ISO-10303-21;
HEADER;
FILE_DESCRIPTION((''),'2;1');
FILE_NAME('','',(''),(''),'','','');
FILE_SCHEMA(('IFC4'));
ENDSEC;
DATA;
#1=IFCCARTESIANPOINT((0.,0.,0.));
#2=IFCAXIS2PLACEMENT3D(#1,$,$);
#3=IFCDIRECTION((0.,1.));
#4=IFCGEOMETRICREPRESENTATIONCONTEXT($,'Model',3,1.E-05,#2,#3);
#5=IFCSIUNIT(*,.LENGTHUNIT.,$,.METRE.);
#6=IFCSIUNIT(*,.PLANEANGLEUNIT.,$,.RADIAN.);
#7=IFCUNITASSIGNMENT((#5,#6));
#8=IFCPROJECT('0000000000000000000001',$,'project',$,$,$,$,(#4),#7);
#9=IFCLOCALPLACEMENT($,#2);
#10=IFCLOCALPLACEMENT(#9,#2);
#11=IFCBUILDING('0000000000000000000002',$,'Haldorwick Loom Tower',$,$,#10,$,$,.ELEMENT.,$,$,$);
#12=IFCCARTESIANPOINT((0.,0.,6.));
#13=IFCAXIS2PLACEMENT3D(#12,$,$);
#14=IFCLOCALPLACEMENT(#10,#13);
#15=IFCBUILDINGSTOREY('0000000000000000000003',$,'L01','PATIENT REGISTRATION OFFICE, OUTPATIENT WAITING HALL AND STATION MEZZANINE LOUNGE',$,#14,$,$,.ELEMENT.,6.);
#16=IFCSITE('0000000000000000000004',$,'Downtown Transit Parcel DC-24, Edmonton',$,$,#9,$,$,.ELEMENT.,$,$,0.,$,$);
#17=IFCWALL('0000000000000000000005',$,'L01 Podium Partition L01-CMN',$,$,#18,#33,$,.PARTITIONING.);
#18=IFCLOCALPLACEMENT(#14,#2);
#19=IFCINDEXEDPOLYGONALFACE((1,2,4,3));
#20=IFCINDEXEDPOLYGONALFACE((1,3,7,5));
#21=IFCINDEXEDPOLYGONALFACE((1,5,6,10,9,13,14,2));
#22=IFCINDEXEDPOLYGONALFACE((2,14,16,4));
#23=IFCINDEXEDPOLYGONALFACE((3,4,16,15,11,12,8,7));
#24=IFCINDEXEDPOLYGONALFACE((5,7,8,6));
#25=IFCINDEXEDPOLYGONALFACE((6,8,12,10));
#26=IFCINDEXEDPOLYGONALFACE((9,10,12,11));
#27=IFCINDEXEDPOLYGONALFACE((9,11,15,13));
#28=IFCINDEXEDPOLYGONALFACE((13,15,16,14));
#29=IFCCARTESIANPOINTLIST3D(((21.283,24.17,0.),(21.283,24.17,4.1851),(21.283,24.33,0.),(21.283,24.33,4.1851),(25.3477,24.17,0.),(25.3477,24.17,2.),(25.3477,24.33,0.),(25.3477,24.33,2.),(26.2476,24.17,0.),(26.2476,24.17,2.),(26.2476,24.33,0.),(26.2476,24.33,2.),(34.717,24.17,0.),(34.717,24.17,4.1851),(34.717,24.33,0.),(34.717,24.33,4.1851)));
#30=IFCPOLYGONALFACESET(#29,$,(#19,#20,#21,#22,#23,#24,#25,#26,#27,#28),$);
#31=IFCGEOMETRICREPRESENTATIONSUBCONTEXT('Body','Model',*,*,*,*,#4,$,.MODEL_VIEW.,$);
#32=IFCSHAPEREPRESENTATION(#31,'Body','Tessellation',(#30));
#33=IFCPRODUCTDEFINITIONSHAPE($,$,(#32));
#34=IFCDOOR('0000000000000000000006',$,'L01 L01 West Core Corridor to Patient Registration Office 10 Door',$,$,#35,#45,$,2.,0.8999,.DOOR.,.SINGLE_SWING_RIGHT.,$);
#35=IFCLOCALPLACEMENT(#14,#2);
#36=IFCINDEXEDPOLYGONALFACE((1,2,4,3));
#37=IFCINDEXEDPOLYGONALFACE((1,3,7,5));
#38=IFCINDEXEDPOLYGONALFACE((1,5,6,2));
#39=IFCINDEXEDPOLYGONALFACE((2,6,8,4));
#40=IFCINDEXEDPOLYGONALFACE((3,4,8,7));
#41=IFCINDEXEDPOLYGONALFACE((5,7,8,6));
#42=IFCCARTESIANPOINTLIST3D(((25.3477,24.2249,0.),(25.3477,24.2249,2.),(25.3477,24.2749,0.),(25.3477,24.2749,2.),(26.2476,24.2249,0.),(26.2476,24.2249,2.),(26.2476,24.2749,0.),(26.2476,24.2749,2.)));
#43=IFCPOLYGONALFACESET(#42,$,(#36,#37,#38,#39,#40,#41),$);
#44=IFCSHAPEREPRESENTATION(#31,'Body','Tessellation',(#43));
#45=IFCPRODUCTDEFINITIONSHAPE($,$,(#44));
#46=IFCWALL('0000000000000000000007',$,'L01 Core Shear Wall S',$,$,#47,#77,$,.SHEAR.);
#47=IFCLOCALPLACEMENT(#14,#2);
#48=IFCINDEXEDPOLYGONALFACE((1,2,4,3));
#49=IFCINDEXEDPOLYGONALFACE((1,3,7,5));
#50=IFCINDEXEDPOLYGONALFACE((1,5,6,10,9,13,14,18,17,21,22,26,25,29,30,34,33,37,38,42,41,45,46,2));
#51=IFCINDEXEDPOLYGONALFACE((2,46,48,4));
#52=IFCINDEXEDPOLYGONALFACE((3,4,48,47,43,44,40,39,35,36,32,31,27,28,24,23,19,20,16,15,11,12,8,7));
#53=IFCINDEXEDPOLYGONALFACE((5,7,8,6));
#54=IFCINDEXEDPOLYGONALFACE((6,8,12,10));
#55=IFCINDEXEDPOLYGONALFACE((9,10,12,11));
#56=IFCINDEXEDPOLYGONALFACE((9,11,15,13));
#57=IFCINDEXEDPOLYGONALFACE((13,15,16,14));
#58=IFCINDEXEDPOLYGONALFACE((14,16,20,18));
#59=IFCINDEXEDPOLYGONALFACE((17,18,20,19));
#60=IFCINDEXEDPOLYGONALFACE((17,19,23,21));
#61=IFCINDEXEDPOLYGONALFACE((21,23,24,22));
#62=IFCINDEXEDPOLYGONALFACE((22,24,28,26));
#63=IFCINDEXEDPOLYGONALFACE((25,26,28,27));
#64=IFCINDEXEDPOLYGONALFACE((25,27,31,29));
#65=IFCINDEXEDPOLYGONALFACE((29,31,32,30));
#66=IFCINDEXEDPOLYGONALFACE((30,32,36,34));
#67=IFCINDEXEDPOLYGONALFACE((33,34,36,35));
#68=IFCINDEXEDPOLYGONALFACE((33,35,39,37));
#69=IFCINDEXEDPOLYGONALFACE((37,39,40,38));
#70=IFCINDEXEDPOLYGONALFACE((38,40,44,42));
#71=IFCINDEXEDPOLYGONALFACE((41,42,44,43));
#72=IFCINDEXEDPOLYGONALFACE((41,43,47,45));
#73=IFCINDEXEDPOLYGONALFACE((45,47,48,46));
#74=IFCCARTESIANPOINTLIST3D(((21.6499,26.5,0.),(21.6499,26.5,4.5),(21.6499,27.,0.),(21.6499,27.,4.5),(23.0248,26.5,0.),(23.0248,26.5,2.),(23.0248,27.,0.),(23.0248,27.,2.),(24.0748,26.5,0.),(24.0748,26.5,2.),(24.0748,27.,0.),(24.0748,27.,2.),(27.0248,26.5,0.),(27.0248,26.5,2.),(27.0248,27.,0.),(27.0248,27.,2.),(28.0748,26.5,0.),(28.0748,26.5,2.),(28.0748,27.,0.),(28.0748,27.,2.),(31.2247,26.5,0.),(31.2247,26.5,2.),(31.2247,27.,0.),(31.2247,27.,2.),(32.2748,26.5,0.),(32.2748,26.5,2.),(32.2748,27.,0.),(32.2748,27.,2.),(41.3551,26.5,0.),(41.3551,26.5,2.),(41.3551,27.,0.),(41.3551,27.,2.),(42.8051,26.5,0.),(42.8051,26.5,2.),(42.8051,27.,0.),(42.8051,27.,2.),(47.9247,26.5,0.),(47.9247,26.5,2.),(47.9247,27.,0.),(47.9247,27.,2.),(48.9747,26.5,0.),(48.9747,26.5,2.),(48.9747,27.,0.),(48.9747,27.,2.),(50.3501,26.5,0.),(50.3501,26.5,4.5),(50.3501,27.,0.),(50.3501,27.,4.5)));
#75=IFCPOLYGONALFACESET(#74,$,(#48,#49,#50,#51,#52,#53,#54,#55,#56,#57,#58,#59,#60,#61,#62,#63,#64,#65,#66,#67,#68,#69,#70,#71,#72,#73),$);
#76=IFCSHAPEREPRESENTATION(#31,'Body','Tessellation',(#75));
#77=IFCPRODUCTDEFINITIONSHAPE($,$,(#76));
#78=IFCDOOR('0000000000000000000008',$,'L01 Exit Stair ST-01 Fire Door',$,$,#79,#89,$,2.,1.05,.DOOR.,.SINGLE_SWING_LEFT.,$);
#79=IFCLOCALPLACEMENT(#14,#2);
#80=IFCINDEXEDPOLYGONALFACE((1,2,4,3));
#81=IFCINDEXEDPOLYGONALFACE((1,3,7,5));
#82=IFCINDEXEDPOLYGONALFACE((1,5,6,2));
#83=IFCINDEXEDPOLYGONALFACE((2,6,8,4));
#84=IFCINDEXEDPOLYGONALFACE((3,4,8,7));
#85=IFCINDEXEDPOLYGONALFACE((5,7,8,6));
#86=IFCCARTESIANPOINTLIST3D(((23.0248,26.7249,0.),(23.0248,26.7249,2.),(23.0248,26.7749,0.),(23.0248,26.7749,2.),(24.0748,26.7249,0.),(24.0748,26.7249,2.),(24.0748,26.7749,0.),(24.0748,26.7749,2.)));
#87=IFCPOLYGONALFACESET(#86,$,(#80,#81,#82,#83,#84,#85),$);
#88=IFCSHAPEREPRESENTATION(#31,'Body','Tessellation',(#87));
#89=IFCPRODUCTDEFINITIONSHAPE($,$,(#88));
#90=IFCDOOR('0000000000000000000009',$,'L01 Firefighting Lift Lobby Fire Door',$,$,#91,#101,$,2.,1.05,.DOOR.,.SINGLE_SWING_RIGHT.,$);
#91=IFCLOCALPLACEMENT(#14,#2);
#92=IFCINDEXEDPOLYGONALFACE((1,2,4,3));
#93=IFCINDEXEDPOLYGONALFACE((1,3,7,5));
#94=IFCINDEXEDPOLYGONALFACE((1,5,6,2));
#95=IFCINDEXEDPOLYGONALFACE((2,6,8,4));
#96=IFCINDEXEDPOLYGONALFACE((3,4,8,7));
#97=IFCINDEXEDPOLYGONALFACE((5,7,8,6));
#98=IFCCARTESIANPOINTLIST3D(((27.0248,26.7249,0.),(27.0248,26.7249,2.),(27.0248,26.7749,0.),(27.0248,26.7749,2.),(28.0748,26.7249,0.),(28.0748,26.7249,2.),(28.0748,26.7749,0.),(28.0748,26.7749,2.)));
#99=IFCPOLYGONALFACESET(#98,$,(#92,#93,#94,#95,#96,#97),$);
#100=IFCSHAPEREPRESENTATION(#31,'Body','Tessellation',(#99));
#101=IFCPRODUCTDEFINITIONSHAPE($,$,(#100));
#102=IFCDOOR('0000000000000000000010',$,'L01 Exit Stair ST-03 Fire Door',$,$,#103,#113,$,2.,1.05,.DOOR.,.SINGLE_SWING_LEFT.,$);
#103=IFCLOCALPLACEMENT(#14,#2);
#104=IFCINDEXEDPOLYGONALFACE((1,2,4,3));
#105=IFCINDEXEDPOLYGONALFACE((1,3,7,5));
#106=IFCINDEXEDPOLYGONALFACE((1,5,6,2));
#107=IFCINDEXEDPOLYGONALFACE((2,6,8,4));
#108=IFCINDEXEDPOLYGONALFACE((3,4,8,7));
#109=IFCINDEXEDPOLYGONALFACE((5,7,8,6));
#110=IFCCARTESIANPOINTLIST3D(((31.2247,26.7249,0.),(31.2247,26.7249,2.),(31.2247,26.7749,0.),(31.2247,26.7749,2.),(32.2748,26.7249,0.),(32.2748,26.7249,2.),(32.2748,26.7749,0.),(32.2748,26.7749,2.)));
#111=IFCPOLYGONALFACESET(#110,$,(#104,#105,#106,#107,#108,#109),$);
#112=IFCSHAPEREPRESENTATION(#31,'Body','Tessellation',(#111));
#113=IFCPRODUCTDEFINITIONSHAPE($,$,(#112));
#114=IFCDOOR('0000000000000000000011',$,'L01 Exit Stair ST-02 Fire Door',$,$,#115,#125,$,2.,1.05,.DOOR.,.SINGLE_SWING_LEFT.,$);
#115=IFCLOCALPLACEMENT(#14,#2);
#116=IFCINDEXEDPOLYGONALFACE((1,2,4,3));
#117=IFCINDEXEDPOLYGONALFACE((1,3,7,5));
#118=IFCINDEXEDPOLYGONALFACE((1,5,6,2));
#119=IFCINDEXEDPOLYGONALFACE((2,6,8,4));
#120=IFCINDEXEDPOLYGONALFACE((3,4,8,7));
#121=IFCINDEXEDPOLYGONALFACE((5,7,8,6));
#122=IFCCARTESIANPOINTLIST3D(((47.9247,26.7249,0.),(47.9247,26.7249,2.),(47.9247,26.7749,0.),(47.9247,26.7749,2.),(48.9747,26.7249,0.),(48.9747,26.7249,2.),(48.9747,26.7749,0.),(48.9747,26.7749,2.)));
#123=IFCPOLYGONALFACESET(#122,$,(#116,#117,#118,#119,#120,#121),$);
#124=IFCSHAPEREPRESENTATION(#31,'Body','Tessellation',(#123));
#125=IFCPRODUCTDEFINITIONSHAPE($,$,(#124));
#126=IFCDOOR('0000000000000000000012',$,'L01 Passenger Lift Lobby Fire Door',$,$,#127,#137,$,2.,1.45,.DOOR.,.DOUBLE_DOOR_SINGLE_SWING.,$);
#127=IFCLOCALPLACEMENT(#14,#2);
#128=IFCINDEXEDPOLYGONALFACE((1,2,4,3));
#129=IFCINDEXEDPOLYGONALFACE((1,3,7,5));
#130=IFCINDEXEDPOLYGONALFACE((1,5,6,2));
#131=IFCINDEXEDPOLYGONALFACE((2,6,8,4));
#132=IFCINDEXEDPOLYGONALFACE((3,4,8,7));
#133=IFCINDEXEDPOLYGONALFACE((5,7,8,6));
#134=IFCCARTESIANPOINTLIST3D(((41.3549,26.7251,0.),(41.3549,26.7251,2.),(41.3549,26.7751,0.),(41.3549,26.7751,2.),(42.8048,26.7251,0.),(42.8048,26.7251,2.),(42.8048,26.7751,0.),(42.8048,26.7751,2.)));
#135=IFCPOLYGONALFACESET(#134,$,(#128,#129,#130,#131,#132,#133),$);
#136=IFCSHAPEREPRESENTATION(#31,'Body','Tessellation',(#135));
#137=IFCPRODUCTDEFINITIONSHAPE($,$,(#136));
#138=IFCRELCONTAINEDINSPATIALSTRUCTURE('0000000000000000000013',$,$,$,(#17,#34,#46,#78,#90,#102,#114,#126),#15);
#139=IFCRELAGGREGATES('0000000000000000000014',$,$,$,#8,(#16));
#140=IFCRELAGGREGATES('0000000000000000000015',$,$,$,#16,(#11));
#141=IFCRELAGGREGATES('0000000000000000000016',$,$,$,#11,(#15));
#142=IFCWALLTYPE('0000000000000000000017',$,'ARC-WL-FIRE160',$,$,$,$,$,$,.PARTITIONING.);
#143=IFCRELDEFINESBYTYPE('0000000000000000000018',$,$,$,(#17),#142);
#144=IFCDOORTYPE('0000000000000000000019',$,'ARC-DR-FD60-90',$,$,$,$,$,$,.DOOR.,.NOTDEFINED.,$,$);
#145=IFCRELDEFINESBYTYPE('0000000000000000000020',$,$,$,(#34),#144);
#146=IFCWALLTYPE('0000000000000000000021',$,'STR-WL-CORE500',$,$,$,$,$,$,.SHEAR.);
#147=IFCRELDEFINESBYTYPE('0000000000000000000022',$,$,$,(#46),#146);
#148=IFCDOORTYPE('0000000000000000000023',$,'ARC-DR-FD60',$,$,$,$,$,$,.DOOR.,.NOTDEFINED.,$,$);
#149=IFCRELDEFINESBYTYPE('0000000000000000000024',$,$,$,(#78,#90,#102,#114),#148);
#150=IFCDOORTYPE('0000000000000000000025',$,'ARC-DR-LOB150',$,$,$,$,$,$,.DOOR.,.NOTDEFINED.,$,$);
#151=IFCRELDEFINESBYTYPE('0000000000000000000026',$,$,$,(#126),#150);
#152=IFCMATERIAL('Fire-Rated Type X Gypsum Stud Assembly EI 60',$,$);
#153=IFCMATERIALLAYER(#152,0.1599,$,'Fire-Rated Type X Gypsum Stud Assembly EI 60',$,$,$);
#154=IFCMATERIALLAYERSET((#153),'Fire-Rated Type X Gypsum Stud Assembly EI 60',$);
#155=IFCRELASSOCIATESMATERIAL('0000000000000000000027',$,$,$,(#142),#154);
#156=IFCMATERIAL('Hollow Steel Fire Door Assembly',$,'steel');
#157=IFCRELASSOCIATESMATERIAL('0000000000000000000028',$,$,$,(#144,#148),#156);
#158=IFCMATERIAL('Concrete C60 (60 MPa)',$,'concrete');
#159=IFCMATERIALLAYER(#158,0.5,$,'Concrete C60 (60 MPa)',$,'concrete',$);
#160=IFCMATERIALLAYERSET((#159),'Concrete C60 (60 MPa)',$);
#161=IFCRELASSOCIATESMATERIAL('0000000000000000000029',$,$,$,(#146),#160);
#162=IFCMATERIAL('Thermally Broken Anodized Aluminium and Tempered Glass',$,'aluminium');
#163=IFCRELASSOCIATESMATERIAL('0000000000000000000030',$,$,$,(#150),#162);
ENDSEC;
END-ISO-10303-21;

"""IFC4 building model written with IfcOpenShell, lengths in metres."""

from ifc_helpers import new_model, si_unit, direction, frame, frame_2d, origin, place, context, subcontext, project, spatial, rectangle, extrude, material, layer, layer_set, type_object, element, fill, save


model = new_model("IFC4")

# Units and contexts
model_context = context("Model", 3, precision=1e-05, world=origin(), true_north=direction((0.0, 1.0)))
body_context = subcontext(model_context, "Body", "Model", "MODEL_VIEW")
ifc_project = project(units=[si_unit("LENGTHUNIT", "METRE"), si_unit("PLANEANGLEUNIT", "RADIAN")], contexts=[model_context])

# Site, building, storey
site_placement = place(None, origin())
site = spatial("IfcSite", under=ifc_project, at=site_placement, Name="Downtown Transit Parcel DC-24, Edmonton", CompositionType="ELEMENT", RefElevation=0.0)
building_placement = place(site_placement, origin())
building = spatial("IfcBuilding", under=site, at=building_placement, Name="Haldorwick Loom Tower", CompositionType="ELEMENT")
storey_placement = place(building_placement, frame((0.0, 0.0, 6.0)))
storey = spatial("IfcBuildingStorey", under=building, at=storey_placement, Name="L01", Description="PATIENT REGISTRATION OFFICE, OUTPATIENT WAITING HALL AND STATION MEZZANINE LOUNGE", CompositionType="ELEMENT", Elevation=6.0)

# Shared definitions
ifc_material_1 = material(Name="Concrete C60 (60 MPa)", Category="concrete")

# Wall, opening, door
ifc_material_2 = material(Name="Fire-Rated Type X Gypsum Stud Assembly EI 60")
ifc_layer_1 = layer(ifc_material_2, 0.1599, Name="Fire-Rated Type X Gypsum Stud Assembly EI 60")
ifc_layer_set_1 = layer_set([ifc_layer_1], Name="Fire-Rated Type X Gypsum Stud Assembly EI 60")
wall_type_1 = type_object("IfcWallType", Name="ARC-WL-FIRE160", PredefinedType="PARTITIONING", material=ifc_layer_set_1)
wall_1_placement = place(storey_placement, frame((21.283, 24.25, 0.0), z_axis=(0.0, 0.0, 1.0), x_axis=(1.0, 0.0, 0.0)))
wall_1 = element("IfcWall", 1, at=wall_1_placement, inside=storey, type_object=wall_type_1, Name="L01 Podium Partition L01-CMN", PredefinedType="PARTITIONING", context=body_context, shape_type="SweptSolid", body=[
    extrude(rectangle(XDim=13.4341, YDim=0.1599, at=frame_2d((6.717, 0.0))), origin(), (0.0, 0.0, 1.0), 4.1851),
])
opening_1_placement = place(wall_1_placement, frame((4.0647, 0.0, 0.0)))
opening_1 = element("IfcOpeningElement", 2, at=opening_1_placement, cuts=wall_1, PredefinedType="OPENING", context=body_context, shape_type="SweptSolid", body=[
    extrude(rectangle(XDim=0.8999, YDim=2.0, at=frame_2d((0.45, 1.0))), frame((0.0, 0.0898, 0.0), z_axis=(0.0, -1.0, 0.0), x_axis=(1.0, 0.0, 0.0)), (0.0, 0.0, 1.0), 0.1799),
])
ifc_material_3 = material(Name="Hollow Steel Fire Door Assembly", Category="steel")
door_type_1 = type_object("IfcDoorType", Name="ARC-DR-FD60-90", OperationType="NOTDEFINED", PredefinedType="DOOR", material=ifc_material_3)
door_1_placement = place(opening_1_placement, origin())
door_1 = element("IfcDoor", 3, at=door_1_placement, inside=storey, type_object=door_type_1, Name="L01 L01 West Core Corridor to Patient Registration Office 10 Door", OperationType="SINGLE_SWING_RIGHT", OverallHeight=2.0, OverallWidth=0.8999, PredefinedType="DOOR", context=body_context, shape_type="SweptSolid", body=[
    extrude(rectangle(XDim=0.8999, YDim=2.0, at=frame_2d((0.45, 1.0))), frame((0.0, 0.0249, 0.0), z_axis=(0.0, -1.0, 0.0), x_axis=(1.0, 0.0, 0.0)), (0.0, 0.0, 1.0), 0.05),
])
fill(opening_1, door_1)

# Wall, openings, doors
ifc_layer_2 = layer(ifc_material_1, 0.5, Name="Concrete C60 (60 MPa)", Category="concrete")
ifc_layer_set_2 = layer_set([ifc_layer_2], Name="Concrete C60 (60 MPa)")
wall_type_2 = type_object("IfcWallType", Name="STR-WL-CORE500", PredefinedType="SHEAR", material=ifc_layer_set_2)
wall_2_placement = place(storey_placement, frame((21.6499, 26.75, 0.0), z_axis=(0.0, 0.0, 1.0), x_axis=(1.0, 0.0, 0.0)))
wall_2 = element("IfcWall", 4, at=wall_2_placement, inside=storey, type_object=wall_type_2, Name="L01 Core Shear Wall S", PredefinedType="SHEAR", context=body_context, shape_type="SweptSolid", body=[
    extrude(rectangle(XDim=28.7002, YDim=0.5, at=frame_2d((14.3501, 0.0))), origin(), (0.0, 0.0, 1.0), 4.5),
])
opening_2_placement = place(wall_2_placement, frame((1.375, 0.0, 0.0)))
opening_2 = element("IfcOpeningElement", 5, at=opening_2_placement, cuts=wall_2, PredefinedType="OPENING", context=body_context, shape_type="SweptSolid", body=[
    extrude(rectangle(XDim=1.05, YDim=2.0, at=frame_2d((0.5249, 1.0))), frame((0.0, 0.26, 0.0), z_axis=(0.0, -1.0, 0.0), x_axis=(1.0, 0.0, 0.0)), (0.0, 0.0, 1.0), 0.52),
])
opening_3_placement = place(wall_2_placement, frame((5.375, 0.0, 0.0)))
opening_3 = element("IfcOpeningElement", 6, at=opening_3_placement, cuts=wall_2, PredefinedType="OPENING", context=body_context, shape_type="SweptSolid", body=[
    extrude(rectangle(XDim=1.05, YDim=2.0, at=frame_2d((0.5249, 1.0))), frame((0.0, 0.26, 0.0), z_axis=(0.0, -1.0, 0.0), x_axis=(1.0, 0.0, 0.0)), (0.0, 0.0, 1.0), 0.52),
])
opening_4_placement = place(wall_2_placement, frame((9.575, 0.0, 0.0)))
opening_4 = element("IfcOpeningElement", 7, at=opening_4_placement, cuts=wall_2, PredefinedType="OPENING", context=body_context, shape_type="SweptSolid", body=[
    extrude(rectangle(XDim=1.05, YDim=2.0, at=frame_2d((0.5249, 1.0))), frame((0.0, 0.26, 0.0), z_axis=(0.0, -1.0, 0.0), x_axis=(1.0, 0.0, 0.0)), (0.0, 0.0, 1.0), 0.52),
])
opening_5_placement = place(wall_2_placement, frame((19.7051, 0.0, 0.0)))
opening_5 = element("IfcOpeningElement", 8, at=opening_5_placement, cuts=wall_2, PredefinedType="OPENING", context=body_context, shape_type="SweptSolid", body=[
    extrude(rectangle(XDim=1.45, YDim=2.0, at=frame_2d((0.7251, 1.0))), frame((0.0, 0.26, 0.0), z_axis=(0.0, -1.0, 0.0), x_axis=(1.0, 0.0, 0.0)), (0.0, 0.0, 1.0), 0.52),
])
opening_6_placement = place(wall_2_placement, frame((26.2749, 0.0, 0.0)))
opening_6 = element("IfcOpeningElement", 9, at=opening_6_placement, cuts=wall_2, PredefinedType="OPENING", context=body_context, shape_type="SweptSolid", body=[
    extrude(rectangle(XDim=1.05, YDim=2.0, at=frame_2d((0.5249, 1.0))), frame((0.0, 0.26, 0.0), z_axis=(0.0, -1.0, 0.0), x_axis=(1.0, 0.0, 0.0)), (0.0, 0.0, 1.0), 0.52),
])
door_type_2 = type_object("IfcDoorType", Name="ARC-DR-FD60", OperationType="NOTDEFINED", PredefinedType="DOOR", material=ifc_material_3)
door_2_placement = place(opening_2_placement, origin())
door_2 = element("IfcDoor", 10, at=door_2_placement, inside=storey, type_object=door_type_2, Name="L01 Exit Stair ST-01 Fire Door", OperationType="SINGLE_SWING_LEFT", OverallHeight=2.0, OverallWidth=1.05, PredefinedType="DOOR", context=body_context, shape_type="SweptSolid", body=[
    extrude(rectangle(XDim=1.05, YDim=2.0, at=frame_2d((0.5249, 1.0))), frame((0.0, 0.0249, 0.0), z_axis=(0.0, -1.0, 0.0), x_axis=(1.0, 0.0, 0.0)), (0.0, 0.0, 1.0), 0.05),
])
fill(opening_2, door_2)
door_3_placement = place(opening_3_placement, origin())
door_3 = element("IfcDoor", 11, at=door_3_placement, inside=storey, type_object=door_type_2, Name="L01 Firefighting Lift Lobby Fire Door", OperationType="SINGLE_SWING_RIGHT", OverallHeight=2.0, OverallWidth=1.05, PredefinedType="DOOR", context=body_context, shape_type="SweptSolid", body=[
    extrude(rectangle(XDim=1.05, YDim=2.0, at=frame_2d((0.5249, 1.0))), frame((0.0, 0.0249, 0.0), z_axis=(0.0, -1.0, 0.0), x_axis=(1.0, 0.0, 0.0)), (0.0, 0.0, 1.0), 0.05),
])
fill(opening_3, door_3)
door_4_placement = place(opening_4_placement, origin())
door_4 = element("IfcDoor", 12, at=door_4_placement, inside=storey, type_object=door_type_2, Name="L01 Exit Stair ST-03 Fire Door", OperationType="SINGLE_SWING_LEFT", OverallHeight=2.0, OverallWidth=1.05, PredefinedType="DOOR", context=body_context, shape_type="SweptSolid", body=[
    extrude(rectangle(XDim=1.05, YDim=2.0, at=frame_2d((0.5249, 1.0))), frame((0.0, 0.0249, 0.0), z_axis=(0.0, -1.0, 0.0), x_axis=(1.0, 0.0, 0.0)), (0.0, 0.0, 1.0), 0.05),
])
fill(opening_4, door_4)
door_5_placement = place(opening_6_placement, origin())
door_5 = element("IfcDoor", 13, at=door_5_placement, inside=storey, type_object=door_type_2, Name="L01 Exit Stair ST-02 Fire Door", OperationType="SINGLE_SWING_LEFT", OverallHeight=2.0, OverallWidth=1.05, PredefinedType="DOOR", context=body_context, shape_type="SweptSolid", body=[
    extrude(rectangle(XDim=1.05, YDim=2.0, at=frame_2d((0.5249, 1.0))), frame((0.0, 0.0249, 0.0), z_axis=(0.0, -1.0, 0.0), x_axis=(1.0, 0.0, 0.0)), (0.0, 0.0, 1.0), 0.05),
])
fill(opening_6, door_5)
ifc_material_4 = material(Name="Thermally Broken Anodized Aluminium and Tempered Glass", Category="aluminium")
door_type_3 = type_object("IfcDoorType", Name="ARC-DR-LOB150", OperationType="NOTDEFINED", PredefinedType="DOOR", material=ifc_material_4)
door_6_placement = place(opening_5_placement, frame((1.45, 0.0, 0.0), z_axis=(0.0, 0.0, 1.0), x_axis=(-1.0, 0.0, 0.0)))
door_6 = element("IfcDoor", 14, at=door_6_placement, inside=storey, type_object=door_type_3, Name="L01 Passenger Lift Lobby Fire Door", OperationType="DOUBLE_DOOR_SINGLE_SWING", OverallHeight=2.0, OverallWidth=1.45, PredefinedType="DOOR", context=body_context, shape_type="SweptSolid", body=[
    extrude(rectangle(XDim=1.45, YDim=2.0, at=frame_2d((0.7251, 1.0))), frame((0.0, 0.0249, 0.0), z_axis=(0.0, -1.0, 0.0), x_axis=(1.0, 0.0, 0.0)), (0.0, 0.0, 1.0), 0.05),
])
fill(opening_5, door_6)

save(model, "model.ifc")
